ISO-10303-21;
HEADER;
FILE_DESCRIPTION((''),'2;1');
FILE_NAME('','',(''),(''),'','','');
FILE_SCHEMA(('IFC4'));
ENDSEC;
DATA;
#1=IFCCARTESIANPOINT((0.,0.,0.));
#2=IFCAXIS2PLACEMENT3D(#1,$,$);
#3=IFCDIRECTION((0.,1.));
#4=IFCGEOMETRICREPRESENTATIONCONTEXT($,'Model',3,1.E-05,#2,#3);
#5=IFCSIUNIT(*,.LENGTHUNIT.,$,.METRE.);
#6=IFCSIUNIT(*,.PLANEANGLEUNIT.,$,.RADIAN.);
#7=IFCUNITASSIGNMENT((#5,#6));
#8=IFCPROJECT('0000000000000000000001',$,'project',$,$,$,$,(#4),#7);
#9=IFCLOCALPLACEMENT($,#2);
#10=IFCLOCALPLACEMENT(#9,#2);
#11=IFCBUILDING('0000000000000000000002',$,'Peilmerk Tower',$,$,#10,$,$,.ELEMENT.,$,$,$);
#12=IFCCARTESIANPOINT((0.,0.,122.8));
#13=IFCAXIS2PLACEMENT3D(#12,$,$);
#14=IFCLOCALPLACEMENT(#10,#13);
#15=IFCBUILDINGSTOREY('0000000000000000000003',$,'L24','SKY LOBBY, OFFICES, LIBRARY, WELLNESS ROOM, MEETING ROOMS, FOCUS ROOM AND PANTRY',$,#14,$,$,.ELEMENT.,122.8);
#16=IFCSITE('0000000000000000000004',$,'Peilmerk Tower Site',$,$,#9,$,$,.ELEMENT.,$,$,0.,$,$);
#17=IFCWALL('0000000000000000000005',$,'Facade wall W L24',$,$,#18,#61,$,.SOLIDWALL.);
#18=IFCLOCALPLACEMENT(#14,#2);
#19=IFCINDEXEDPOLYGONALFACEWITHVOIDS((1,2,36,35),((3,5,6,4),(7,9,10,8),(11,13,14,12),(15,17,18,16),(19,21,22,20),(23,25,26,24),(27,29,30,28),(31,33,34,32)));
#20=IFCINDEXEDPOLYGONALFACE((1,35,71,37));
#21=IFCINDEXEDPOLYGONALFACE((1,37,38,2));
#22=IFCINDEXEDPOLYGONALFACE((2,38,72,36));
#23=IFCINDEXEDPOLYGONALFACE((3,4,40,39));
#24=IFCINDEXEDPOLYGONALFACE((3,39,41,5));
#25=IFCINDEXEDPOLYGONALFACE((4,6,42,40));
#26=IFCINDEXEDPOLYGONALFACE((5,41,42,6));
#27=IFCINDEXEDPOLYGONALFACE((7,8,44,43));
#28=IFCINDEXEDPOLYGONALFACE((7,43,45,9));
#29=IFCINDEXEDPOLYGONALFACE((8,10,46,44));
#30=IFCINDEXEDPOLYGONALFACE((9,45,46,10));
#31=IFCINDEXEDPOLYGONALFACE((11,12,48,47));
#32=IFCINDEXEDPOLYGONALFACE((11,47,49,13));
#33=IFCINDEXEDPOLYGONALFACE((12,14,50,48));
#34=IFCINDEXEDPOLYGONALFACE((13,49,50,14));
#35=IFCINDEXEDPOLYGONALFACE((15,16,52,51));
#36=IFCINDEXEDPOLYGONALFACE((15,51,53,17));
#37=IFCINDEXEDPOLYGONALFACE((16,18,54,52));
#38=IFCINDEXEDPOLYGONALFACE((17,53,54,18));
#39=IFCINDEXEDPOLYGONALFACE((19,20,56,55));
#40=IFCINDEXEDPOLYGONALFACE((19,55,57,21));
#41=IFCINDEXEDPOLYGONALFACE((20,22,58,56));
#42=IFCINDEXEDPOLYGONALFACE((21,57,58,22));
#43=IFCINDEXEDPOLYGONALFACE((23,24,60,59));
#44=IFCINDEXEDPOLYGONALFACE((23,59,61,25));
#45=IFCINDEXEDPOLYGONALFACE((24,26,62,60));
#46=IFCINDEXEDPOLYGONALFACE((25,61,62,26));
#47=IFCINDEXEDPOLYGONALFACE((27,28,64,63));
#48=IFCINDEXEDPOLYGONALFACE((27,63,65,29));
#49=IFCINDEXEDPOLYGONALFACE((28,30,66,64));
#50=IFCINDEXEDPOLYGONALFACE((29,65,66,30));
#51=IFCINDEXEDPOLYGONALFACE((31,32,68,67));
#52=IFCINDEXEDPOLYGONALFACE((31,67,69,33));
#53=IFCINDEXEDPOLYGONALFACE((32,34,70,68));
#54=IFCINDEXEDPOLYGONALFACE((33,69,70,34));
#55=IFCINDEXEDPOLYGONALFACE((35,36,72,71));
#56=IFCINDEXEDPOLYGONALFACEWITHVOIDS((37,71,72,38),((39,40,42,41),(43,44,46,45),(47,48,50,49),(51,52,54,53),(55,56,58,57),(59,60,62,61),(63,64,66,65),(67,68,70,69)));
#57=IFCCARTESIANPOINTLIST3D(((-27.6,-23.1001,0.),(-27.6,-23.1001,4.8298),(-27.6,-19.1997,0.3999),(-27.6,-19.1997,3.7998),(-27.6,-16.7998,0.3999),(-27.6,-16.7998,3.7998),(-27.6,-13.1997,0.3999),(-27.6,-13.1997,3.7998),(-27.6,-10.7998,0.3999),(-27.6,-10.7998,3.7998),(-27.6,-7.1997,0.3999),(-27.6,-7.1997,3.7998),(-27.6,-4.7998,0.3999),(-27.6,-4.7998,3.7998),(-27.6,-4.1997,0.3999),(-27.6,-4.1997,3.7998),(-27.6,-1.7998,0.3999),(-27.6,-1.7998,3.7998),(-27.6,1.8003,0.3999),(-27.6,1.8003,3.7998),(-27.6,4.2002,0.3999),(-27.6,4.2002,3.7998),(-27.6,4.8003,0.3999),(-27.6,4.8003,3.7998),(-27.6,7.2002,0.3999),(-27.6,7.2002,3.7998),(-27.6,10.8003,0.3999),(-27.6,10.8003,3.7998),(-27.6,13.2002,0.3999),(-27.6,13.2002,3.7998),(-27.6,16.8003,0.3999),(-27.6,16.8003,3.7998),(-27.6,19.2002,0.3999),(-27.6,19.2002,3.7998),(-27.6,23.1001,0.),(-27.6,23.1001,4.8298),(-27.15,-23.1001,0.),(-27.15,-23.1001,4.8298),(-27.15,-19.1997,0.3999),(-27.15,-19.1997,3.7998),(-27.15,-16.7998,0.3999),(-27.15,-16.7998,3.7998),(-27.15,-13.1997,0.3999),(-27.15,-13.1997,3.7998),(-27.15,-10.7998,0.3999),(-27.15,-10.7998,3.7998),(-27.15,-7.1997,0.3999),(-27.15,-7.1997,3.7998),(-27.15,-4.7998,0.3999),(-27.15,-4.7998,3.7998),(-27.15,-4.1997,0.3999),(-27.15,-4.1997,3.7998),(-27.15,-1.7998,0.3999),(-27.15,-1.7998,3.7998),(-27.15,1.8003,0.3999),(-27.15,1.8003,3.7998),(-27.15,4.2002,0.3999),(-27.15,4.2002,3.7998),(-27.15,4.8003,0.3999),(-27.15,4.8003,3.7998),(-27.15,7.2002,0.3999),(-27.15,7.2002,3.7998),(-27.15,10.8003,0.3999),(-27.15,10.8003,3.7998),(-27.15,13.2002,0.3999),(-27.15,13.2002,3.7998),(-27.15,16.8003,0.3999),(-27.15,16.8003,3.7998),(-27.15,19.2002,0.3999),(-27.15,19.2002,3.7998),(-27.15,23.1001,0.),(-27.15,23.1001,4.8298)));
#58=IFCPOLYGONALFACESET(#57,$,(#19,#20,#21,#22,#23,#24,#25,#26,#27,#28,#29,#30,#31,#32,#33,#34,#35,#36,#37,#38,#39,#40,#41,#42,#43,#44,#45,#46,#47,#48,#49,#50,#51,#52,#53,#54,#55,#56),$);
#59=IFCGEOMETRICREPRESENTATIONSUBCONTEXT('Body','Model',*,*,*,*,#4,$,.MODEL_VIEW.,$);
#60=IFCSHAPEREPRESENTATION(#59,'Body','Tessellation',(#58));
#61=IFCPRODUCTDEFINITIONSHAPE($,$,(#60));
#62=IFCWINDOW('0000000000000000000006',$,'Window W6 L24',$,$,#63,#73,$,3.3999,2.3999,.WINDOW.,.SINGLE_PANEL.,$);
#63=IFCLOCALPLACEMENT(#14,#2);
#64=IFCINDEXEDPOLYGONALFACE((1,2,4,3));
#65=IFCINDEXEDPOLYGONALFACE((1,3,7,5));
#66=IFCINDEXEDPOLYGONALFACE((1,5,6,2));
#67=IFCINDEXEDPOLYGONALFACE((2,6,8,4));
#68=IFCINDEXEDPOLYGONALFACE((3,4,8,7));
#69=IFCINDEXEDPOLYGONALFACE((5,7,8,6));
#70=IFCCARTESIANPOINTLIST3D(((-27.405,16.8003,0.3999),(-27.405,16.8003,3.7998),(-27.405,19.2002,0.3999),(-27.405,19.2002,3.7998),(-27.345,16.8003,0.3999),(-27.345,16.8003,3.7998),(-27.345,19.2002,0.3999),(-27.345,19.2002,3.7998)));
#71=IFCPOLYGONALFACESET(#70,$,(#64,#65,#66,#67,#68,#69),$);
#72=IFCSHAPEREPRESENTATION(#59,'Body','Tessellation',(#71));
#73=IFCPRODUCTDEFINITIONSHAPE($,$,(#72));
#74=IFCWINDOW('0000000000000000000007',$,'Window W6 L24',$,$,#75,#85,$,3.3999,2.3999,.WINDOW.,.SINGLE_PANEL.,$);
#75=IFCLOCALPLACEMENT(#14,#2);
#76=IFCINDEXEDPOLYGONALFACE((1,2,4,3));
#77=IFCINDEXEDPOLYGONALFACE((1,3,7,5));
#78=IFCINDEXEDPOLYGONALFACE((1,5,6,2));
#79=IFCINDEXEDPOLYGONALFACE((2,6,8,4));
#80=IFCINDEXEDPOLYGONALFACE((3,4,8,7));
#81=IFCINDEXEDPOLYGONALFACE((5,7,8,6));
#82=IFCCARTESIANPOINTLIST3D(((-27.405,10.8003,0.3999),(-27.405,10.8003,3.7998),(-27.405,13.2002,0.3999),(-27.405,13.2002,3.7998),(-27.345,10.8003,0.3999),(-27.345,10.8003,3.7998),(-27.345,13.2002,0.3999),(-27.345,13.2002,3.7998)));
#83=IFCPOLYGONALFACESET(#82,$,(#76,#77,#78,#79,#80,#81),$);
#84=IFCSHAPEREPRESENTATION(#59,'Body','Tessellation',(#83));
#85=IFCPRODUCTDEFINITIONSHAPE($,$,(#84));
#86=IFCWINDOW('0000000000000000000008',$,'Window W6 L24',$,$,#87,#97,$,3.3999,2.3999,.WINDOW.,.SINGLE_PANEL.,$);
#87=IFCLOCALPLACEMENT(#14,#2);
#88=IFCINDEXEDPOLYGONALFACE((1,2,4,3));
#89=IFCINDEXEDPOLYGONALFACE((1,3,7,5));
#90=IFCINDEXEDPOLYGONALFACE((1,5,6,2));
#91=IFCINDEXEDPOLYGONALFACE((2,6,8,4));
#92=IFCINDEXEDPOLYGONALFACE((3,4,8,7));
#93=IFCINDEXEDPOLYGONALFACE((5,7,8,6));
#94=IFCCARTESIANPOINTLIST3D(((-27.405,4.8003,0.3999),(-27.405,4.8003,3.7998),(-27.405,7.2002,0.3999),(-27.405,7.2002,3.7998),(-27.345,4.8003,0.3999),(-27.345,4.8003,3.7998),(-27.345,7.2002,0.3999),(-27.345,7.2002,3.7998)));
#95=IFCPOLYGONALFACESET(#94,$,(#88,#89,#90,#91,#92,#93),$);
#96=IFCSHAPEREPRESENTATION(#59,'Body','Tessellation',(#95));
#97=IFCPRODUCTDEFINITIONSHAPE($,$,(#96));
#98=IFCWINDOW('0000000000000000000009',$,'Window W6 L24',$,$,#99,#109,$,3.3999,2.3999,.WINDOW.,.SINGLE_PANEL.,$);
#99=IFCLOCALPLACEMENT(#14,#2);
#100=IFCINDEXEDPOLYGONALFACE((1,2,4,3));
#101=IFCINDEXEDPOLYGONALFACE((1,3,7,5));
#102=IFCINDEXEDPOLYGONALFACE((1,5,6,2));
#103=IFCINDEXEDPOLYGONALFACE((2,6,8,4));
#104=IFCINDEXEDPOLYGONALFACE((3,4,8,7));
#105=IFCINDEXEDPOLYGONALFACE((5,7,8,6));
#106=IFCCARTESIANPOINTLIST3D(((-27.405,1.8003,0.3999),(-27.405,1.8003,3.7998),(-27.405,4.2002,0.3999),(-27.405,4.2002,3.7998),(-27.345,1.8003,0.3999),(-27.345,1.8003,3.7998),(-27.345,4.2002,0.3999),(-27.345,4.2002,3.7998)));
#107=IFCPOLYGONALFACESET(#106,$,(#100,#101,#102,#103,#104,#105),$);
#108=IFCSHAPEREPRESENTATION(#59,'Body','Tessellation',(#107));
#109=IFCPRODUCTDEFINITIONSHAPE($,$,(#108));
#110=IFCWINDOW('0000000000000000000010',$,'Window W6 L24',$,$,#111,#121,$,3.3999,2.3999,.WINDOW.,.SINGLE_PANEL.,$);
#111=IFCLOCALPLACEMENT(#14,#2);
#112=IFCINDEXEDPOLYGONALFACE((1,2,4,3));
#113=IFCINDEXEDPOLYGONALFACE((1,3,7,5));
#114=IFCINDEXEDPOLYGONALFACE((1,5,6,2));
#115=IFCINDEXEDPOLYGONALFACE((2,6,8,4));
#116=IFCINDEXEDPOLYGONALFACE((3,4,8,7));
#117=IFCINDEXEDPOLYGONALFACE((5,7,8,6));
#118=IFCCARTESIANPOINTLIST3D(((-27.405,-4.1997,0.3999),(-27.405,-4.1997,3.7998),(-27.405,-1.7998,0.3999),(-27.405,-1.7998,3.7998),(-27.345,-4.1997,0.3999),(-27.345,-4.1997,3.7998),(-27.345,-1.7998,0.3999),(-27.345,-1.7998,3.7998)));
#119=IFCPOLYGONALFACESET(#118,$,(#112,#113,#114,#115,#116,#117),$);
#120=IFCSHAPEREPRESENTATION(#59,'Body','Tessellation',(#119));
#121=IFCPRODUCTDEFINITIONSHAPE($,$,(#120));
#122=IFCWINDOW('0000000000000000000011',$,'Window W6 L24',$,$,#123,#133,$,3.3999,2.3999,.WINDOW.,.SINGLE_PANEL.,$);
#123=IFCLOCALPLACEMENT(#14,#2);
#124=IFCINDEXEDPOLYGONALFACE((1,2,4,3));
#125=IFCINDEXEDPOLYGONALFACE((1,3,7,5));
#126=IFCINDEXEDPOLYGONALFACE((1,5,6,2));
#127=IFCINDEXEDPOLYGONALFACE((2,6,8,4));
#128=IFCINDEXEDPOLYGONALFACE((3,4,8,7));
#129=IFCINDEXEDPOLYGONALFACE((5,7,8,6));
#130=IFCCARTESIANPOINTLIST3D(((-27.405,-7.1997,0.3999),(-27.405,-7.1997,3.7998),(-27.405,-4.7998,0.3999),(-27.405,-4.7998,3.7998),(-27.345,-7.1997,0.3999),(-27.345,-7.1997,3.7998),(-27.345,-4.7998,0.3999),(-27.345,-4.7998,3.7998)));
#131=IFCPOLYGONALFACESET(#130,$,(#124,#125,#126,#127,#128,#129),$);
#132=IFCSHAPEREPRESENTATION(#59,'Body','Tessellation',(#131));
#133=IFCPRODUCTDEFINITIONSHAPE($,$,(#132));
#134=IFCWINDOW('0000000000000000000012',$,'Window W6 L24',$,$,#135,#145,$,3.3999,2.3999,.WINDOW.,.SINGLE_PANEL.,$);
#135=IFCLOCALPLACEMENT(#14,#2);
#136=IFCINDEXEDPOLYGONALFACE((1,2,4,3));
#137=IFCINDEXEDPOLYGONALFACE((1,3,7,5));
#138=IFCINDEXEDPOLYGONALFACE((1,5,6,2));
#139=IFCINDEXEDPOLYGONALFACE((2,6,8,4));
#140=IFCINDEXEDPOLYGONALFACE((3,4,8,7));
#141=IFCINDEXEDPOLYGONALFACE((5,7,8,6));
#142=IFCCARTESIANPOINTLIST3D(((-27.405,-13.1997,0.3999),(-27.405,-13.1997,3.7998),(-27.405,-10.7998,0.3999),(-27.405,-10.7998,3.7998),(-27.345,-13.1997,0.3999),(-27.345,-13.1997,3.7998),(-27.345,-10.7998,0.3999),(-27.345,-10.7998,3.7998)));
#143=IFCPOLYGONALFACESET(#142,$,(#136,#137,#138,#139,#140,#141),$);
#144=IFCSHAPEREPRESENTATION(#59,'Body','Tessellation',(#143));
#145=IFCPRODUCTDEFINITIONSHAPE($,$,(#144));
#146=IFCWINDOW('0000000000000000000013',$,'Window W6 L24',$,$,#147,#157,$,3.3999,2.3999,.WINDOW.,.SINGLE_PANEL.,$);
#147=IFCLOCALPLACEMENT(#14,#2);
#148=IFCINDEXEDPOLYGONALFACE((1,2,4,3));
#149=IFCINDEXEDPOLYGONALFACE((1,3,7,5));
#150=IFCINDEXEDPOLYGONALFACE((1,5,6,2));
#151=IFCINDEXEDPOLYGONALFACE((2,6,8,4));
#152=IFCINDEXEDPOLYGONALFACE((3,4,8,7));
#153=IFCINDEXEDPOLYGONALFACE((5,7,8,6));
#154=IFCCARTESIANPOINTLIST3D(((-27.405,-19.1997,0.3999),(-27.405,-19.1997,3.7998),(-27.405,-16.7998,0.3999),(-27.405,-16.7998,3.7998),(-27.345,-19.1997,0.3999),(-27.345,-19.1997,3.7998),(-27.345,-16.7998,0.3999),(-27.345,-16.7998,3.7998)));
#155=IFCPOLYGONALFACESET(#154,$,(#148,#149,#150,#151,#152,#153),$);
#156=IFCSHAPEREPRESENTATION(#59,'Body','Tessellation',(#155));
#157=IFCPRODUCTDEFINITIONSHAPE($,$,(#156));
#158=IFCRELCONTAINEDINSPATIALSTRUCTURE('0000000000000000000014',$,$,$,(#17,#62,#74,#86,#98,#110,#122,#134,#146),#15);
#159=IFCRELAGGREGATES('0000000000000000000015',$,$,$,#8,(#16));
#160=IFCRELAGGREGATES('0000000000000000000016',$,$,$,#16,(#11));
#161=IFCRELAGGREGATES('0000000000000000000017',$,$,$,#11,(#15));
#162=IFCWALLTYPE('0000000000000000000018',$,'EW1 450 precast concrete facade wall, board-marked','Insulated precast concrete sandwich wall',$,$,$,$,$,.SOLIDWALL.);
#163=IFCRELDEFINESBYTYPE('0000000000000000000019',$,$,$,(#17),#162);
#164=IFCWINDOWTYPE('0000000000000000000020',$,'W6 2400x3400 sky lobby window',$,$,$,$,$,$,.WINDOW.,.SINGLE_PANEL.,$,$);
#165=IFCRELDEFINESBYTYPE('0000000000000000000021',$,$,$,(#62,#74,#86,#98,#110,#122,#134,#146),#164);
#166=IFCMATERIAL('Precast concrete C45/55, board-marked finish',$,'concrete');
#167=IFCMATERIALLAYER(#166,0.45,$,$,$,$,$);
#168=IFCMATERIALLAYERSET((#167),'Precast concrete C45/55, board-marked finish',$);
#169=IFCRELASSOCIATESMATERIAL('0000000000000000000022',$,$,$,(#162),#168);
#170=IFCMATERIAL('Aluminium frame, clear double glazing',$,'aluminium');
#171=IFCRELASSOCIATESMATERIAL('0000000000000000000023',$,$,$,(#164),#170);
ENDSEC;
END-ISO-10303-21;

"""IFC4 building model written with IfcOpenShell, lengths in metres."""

from ifc_helpers import new_model, si_unit, direction, frame, frame_2d, origin, place, context, subcontext, project, spatial, rectangle, extrude, material, layer, layer_set, type_object, element, fill, save


model = new_model("IFC4")

# Units and contexts
model_context = context("Model", 3, precision=1e-05, world=origin(), true_north=direction((0.0, 1.0)))
body_context = subcontext(model_context, "Body", "Model", "MODEL_VIEW")
ifc_project = project(units=[si_unit("LENGTHUNIT", "METRE"), si_unit("PLANEANGLEUNIT", "RADIAN")], contexts=[model_context])

# Site, building, storey
site_placement = place(None, origin())
site = spatial("IfcSite", under=ifc_project, at=site_placement, Name="Peilmerk Tower Site", CompositionType="ELEMENT", RefElevation=0.0)
building_placement = place(site_placement, origin())
building = spatial("IfcBuilding", under=site, at=building_placement, Name="Peilmerk Tower", CompositionType="ELEMENT")
storey_placement = place(building_placement, frame((0.0, 0.0, 122.8)))
storey = spatial("IfcBuildingStorey", under=building, at=storey_placement, Name="L24", Description="SKY LOBBY, OFFICES, LIBRARY, WELLNESS ROOM, MEETING ROOMS, FOCUS ROOM AND PANTRY", CompositionType="ELEMENT", Elevation=122.8)

# Wall, openings, windows
ifc_material_1 = material(Name="Precast concrete C45/55, board-marked finish", Category="concrete")
ifc_layer_1 = layer(ifc_material_1, 0.45)
ifc_layer_set_1 = layer_set([ifc_layer_1], Name="Precast concrete C45/55, board-marked finish")
wall_type = type_object("IfcWallType", Name="EW1 450 precast concrete facade wall, board-marked", Description="Insulated precast concrete sandwich wall", PredefinedType="SOLIDWALL", material=ifc_layer_set_1)
wall_1_placement = place(storey_placement, frame((-27.375, 23.1001, 0.0), z_axis=(0.0, 0.0, 1.0), x_axis=(0.0, -1.0, 0.0)))
wall_1 = element("IfcWall", 1, at=wall_1_placement, inside=storey, type_object=wall_type, Name="Facade wall W L24", PredefinedType="SOLIDWALL", context=body_context, shape_type="SweptSolid", body=[
    extrude(rectangle(XDim=46.2002, YDim=0.45, at=frame_2d((23.1001, 0.0))), origin(), (0.0, 0.0, 1.0), 4.8298),
])
opening_1_placement = place(wall_1_placement, frame((3.8999, 0.0, 0.3999)))
opening_1 = element("IfcOpeningElement", 2, at=opening_1_placement, cuts=wall_1, PredefinedType="OPENING", context=body_context, shape_type="SweptSolid", body=[
    extrude(rectangle(XDim=2.3999, YDim=3.3999, at=frame_2d((1.2, 1.7))), frame((0.0, 0.2349, 0.0), z_axis=(0.0, -1.0, 0.0), x_axis=(1.0, 0.0, 0.0)), (0.0, 0.0, 1.0), 0.47),
])
opening_2_placement = place(wall_1_placement, frame((9.8999, 0.0, 0.3999)))
opening_2 = element("IfcOpeningElement", 3, at=opening_2_placement, cuts=wall_1, PredefinedType="OPENING", context=body_context, shape_type="SweptSolid", body=[
    extrude(rectangle(XDim=2.3999, YDim=3.3999, at=frame_2d((1.2, 1.7))), frame((0.0, 0.2349, 0.0), z_axis=(0.0, -1.0, 0.0), x_axis=(1.0, 0.0, 0.0)), (0.0, 0.0, 1.0), 0.47),
])
opening_3_placement = place(wall_1_placement, frame((15.8999, 0.0, 0.3999)))
opening_3 = element("IfcOpeningElement", 4, at=opening_3_placement, cuts=wall_1, PredefinedType="OPENING", context=body_context, shape_type="SweptSolid", body=[
    extrude(rectangle(XDim=2.3999, YDim=3.3999, at=frame_2d((1.2, 1.7))), frame((0.0, 0.2349, 0.0), z_axis=(0.0, -1.0, 0.0), x_axis=(1.0, 0.0, 0.0)), (0.0, 0.0, 1.0), 0.47),
])
opening_4_placement = place(wall_1_placement, frame((18.8999, 0.0, 0.3999)))
opening_4 = element("IfcOpeningElement", 5, at=opening_4_placement, cuts=wall_1, PredefinedType="OPENING", context=body_context, shape_type="SweptSolid", body=[
    extrude(rectangle(XDim=2.3999, YDim=3.3999, at=frame_2d((1.2, 1.7))), frame((0.0, 0.2349, 0.0), z_axis=(0.0, -1.0, 0.0), x_axis=(1.0, 0.0, 0.0)), (0.0, 0.0, 1.0), 0.47),
])
opening_5_placement = place(wall_1_placement, frame((24.8999, 0.0, 0.3999)))
opening_5 = element("IfcOpeningElement", 6, at=opening_5_placement, cuts=wall_1, PredefinedType="OPENING", context=body_context, shape_type="SweptSolid", body=[
    extrude(rectangle(XDim=2.3999, YDim=3.3999, at=frame_2d((1.2, 1.7))), frame((0.0, 0.2349, 0.0), z_axis=(0.0, -1.0, 0.0), x_axis=(1.0, 0.0, 0.0)), (0.0, 0.0, 1.0), 0.47),
])
opening_6_placement = place(wall_1_placement, frame((27.8999, 0.0, 0.3999)))
opening_6 = element("IfcOpeningElement", 7, at=opening_6_placement, cuts=wall_1, PredefinedType="OPENING", context=body_context, shape_type="SweptSolid", body=[
    extrude(rectangle(XDim=2.3999, YDim=3.3999, at=frame_2d((1.2, 1.7))), frame((0.0, 0.2349, 0.0), z_axis=(0.0, -1.0, 0.0), x_axis=(1.0, 0.0, 0.0)), (0.0, 0.0, 1.0), 0.47),
])
opening_7_placement = place(wall_1_placement, frame((33.8999, 0.0, 0.3999)))
opening_7 = element("IfcOpeningElement", 8, at=opening_7_placement, cuts=wall_1, PredefinedType="OPENING", context=body_context, shape_type="SweptSolid", body=[
    extrude(rectangle(XDim=2.3999, YDim=3.3999, at=frame_2d((1.2, 1.7))), frame((0.0, 0.2349, 0.0), z_axis=(0.0, -1.0, 0.0), x_axis=(1.0, 0.0, 0.0)), (0.0, 0.0, 1.0), 0.47),
])
opening_8_placement = place(wall_1_placement, frame((39.8999, 0.0, 0.3999)))
opening_8 = element("IfcOpeningElement", 9, at=opening_8_placement, cuts=wall_1, PredefinedType="OPENING", context=body_context, shape_type="SweptSolid", body=[
    extrude(rectangle(XDim=2.3999, YDim=3.3999, at=frame_2d((1.2, 1.7))), frame((0.0, 0.2349, 0.0), z_axis=(0.0, -1.0, 0.0), x_axis=(1.0, 0.0, 0.0)), (0.0, 0.0, 1.0), 0.47),
])
ifc_material_2 = material(Name="Aluminium frame, clear double glazing", Category="aluminium")
window_type = type_object("IfcWindowType", Name="W6 2400x3400 sky lobby window", PartitioningType="SINGLE_PANEL", PredefinedType="WINDOW", material=ifc_material_2)
window_1_placement = place(opening_1_placement, origin())
window_1 = element("IfcWindow", 10, at=window_1_placement, inside=storey, type_object=window_type, Name="Window W6 L24", OverallHeight=3.3999, OverallWidth=2.3999, PartitioningType="SINGLE_PANEL", PredefinedType="WINDOW", context=body_context, shape_type="SweptSolid", body=[
    extrude(rectangle(XDim=2.3999, YDim=3.3999, at=frame_2d((1.2, 1.7))), frame((0.0, 0.03, 0.0), z_axis=(0.0, -1.0, 0.0), x_axis=(1.0, 0.0, 0.0)), (0.0, 0.0, 1.0), 0.0601),
])
fill(opening_1, window_1)
window_2_placement = place(opening_2_placement, origin())
window_2 = element("IfcWindow", 11, at=window_2_placement, inside=storey, type_object=window_type, Name="Window W6 L24", OverallHeight=3.3999, OverallWidth=2.3999, PartitioningType="SINGLE_PANEL", PredefinedType="WINDOW", context=body_context, shape_type="SweptSolid", body=[
    extrude(rectangle(XDim=2.3999, YDim=3.3999, at=frame_2d((1.2, 1.7))), frame((0.0, 0.03, 0.0), z_axis=(0.0, -1.0, 0.0), x_axis=(1.0, 0.0, 0.0)), (0.0, 0.0, 1.0), 0.0601),
])
fill(opening_2, window_2)
window_3_placement = place(opening_3_placement, origin())
window_3 = element("IfcWindow", 12, at=window_3_placement, inside=storey, type_object=window_type, Name="Window W6 L24", OverallHeight=3.3999, OverallWidth=2.3999, PartitioningType="SINGLE_PANEL", PredefinedType="WINDOW", context=body_context, shape_type="SweptSolid", body=[
    extrude(rectangle(XDim=2.3999, YDim=3.3999, at=frame_2d((1.2, 1.7))), frame((0.0, 0.03, 0.0), z_axis=(0.0, -1.0, 0.0), x_axis=(1.0, 0.0, 0.0)), (0.0, 0.0, 1.0), 0.0601),
])
fill(opening_3, window_3)
window_4_placement = place(opening_4_placement, origin())
window_4 = element("IfcWindow", 13, at=window_4_placement, inside=storey, type_object=window_type, Name="Window W6 L24", OverallHeight=3.3999, OverallWidth=2.3999, PartitioningType="SINGLE_PANEL", PredefinedType="WINDOW", context=body_context, shape_type="SweptSolid", body=[
    extrude(rectangle(XDim=2.3999, YDim=3.3999, at=frame_2d((1.2, 1.7))), frame((0.0, 0.03, 0.0), z_axis=(0.0, -1.0, 0.0), x_axis=(1.0, 0.0, 0.0)), (0.0, 0.0, 1.0), 0.0601),
])
fill(opening_4, window_4)
window_5_placement = place(opening_5_placement, origin())
window_5 = element("IfcWindow", 14, at=window_5_placement, inside=storey, type_object=window_type, Name="Window W6 L24", OverallHeight=3.3999, OverallWidth=2.3999, PartitioningType="SINGLE_PANEL", PredefinedType="WINDOW", context=body_context, shape_type="SweptSolid", body=[
    extrude(rectangle(XDim=2.3999, YDim=3.3999, at=frame_2d((1.2, 1.7))), frame((0.0, 0.03, 0.0), z_axis=(0.0, -1.0, 0.0), x_axis=(1.0, 0.0, 0.0)), (0.0, 0.0, 1.0), 0.0601),
])
fill(opening_5, window_5)
window_6_placement = place(opening_6_placement, origin())
window_6 = element("IfcWindow", 15, at=window_6_placement, inside=storey, type_object=window_type, Name="Window W6 L24", OverallHeight=3.3999, OverallWidth=2.3999, PartitioningType="SINGLE_PANEL", PredefinedType="WINDOW", context=body_context, shape_type="SweptSolid", body=[
    extrude(rectangle(XDim=2.3999, YDim=3.3999, at=frame_2d((1.2, 1.7))), frame((0.0, 0.03, 0.0), z_axis=(0.0, -1.0, 0.0), x_axis=(1.0, 0.0, 0.0)), (0.0, 0.0, 1.0), 0.0601),
])
fill(opening_6, window_6)
window_7_placement = place(opening_7_placement, origin())
window_7 = element("IfcWindow", 16, at=window_7_placement, inside=storey, type_object=window_type, Name="Window W6 L24", OverallHeight=3.3999, OverallWidth=2.3999, PartitioningType="SINGLE_PANEL", PredefinedType="WINDOW", context=body_context, shape_type="SweptSolid", body=[
    extrude(rectangle(XDim=2.3999, YDim=3.3999, at=frame_2d((1.2, 1.7))), frame((0.0, 0.03, 0.0), z_axis=(0.0, -1.0, 0.0), x_axis=(1.0, 0.0, 0.0)), (0.0, 0.0, 1.0), 0.0601),
])
fill(opening_7, window_7)
window_8_placement = place(opening_8_placement, origin())
window_8 = element("IfcWindow", 17, at=window_8_placement, inside=storey, type_object=window_type, Name="Window W6 L24", OverallHeight=3.3999, OverallWidth=2.3999, PartitioningType="SINGLE_PANEL", PredefinedType="WINDOW", context=body_context, shape_type="SweptSolid", body=[
    extrude(rectangle(XDim=2.3999, YDim=3.3999, at=frame_2d((1.2, 1.7))), frame((0.0, 0.03, 0.0), z_axis=(0.0, -1.0, 0.0), x_axis=(1.0, 0.0, 0.0)), (0.0, 0.0, 1.0), 0.0601),
])
fill(opening_8, window_8)

save(model, "model.ifc")
